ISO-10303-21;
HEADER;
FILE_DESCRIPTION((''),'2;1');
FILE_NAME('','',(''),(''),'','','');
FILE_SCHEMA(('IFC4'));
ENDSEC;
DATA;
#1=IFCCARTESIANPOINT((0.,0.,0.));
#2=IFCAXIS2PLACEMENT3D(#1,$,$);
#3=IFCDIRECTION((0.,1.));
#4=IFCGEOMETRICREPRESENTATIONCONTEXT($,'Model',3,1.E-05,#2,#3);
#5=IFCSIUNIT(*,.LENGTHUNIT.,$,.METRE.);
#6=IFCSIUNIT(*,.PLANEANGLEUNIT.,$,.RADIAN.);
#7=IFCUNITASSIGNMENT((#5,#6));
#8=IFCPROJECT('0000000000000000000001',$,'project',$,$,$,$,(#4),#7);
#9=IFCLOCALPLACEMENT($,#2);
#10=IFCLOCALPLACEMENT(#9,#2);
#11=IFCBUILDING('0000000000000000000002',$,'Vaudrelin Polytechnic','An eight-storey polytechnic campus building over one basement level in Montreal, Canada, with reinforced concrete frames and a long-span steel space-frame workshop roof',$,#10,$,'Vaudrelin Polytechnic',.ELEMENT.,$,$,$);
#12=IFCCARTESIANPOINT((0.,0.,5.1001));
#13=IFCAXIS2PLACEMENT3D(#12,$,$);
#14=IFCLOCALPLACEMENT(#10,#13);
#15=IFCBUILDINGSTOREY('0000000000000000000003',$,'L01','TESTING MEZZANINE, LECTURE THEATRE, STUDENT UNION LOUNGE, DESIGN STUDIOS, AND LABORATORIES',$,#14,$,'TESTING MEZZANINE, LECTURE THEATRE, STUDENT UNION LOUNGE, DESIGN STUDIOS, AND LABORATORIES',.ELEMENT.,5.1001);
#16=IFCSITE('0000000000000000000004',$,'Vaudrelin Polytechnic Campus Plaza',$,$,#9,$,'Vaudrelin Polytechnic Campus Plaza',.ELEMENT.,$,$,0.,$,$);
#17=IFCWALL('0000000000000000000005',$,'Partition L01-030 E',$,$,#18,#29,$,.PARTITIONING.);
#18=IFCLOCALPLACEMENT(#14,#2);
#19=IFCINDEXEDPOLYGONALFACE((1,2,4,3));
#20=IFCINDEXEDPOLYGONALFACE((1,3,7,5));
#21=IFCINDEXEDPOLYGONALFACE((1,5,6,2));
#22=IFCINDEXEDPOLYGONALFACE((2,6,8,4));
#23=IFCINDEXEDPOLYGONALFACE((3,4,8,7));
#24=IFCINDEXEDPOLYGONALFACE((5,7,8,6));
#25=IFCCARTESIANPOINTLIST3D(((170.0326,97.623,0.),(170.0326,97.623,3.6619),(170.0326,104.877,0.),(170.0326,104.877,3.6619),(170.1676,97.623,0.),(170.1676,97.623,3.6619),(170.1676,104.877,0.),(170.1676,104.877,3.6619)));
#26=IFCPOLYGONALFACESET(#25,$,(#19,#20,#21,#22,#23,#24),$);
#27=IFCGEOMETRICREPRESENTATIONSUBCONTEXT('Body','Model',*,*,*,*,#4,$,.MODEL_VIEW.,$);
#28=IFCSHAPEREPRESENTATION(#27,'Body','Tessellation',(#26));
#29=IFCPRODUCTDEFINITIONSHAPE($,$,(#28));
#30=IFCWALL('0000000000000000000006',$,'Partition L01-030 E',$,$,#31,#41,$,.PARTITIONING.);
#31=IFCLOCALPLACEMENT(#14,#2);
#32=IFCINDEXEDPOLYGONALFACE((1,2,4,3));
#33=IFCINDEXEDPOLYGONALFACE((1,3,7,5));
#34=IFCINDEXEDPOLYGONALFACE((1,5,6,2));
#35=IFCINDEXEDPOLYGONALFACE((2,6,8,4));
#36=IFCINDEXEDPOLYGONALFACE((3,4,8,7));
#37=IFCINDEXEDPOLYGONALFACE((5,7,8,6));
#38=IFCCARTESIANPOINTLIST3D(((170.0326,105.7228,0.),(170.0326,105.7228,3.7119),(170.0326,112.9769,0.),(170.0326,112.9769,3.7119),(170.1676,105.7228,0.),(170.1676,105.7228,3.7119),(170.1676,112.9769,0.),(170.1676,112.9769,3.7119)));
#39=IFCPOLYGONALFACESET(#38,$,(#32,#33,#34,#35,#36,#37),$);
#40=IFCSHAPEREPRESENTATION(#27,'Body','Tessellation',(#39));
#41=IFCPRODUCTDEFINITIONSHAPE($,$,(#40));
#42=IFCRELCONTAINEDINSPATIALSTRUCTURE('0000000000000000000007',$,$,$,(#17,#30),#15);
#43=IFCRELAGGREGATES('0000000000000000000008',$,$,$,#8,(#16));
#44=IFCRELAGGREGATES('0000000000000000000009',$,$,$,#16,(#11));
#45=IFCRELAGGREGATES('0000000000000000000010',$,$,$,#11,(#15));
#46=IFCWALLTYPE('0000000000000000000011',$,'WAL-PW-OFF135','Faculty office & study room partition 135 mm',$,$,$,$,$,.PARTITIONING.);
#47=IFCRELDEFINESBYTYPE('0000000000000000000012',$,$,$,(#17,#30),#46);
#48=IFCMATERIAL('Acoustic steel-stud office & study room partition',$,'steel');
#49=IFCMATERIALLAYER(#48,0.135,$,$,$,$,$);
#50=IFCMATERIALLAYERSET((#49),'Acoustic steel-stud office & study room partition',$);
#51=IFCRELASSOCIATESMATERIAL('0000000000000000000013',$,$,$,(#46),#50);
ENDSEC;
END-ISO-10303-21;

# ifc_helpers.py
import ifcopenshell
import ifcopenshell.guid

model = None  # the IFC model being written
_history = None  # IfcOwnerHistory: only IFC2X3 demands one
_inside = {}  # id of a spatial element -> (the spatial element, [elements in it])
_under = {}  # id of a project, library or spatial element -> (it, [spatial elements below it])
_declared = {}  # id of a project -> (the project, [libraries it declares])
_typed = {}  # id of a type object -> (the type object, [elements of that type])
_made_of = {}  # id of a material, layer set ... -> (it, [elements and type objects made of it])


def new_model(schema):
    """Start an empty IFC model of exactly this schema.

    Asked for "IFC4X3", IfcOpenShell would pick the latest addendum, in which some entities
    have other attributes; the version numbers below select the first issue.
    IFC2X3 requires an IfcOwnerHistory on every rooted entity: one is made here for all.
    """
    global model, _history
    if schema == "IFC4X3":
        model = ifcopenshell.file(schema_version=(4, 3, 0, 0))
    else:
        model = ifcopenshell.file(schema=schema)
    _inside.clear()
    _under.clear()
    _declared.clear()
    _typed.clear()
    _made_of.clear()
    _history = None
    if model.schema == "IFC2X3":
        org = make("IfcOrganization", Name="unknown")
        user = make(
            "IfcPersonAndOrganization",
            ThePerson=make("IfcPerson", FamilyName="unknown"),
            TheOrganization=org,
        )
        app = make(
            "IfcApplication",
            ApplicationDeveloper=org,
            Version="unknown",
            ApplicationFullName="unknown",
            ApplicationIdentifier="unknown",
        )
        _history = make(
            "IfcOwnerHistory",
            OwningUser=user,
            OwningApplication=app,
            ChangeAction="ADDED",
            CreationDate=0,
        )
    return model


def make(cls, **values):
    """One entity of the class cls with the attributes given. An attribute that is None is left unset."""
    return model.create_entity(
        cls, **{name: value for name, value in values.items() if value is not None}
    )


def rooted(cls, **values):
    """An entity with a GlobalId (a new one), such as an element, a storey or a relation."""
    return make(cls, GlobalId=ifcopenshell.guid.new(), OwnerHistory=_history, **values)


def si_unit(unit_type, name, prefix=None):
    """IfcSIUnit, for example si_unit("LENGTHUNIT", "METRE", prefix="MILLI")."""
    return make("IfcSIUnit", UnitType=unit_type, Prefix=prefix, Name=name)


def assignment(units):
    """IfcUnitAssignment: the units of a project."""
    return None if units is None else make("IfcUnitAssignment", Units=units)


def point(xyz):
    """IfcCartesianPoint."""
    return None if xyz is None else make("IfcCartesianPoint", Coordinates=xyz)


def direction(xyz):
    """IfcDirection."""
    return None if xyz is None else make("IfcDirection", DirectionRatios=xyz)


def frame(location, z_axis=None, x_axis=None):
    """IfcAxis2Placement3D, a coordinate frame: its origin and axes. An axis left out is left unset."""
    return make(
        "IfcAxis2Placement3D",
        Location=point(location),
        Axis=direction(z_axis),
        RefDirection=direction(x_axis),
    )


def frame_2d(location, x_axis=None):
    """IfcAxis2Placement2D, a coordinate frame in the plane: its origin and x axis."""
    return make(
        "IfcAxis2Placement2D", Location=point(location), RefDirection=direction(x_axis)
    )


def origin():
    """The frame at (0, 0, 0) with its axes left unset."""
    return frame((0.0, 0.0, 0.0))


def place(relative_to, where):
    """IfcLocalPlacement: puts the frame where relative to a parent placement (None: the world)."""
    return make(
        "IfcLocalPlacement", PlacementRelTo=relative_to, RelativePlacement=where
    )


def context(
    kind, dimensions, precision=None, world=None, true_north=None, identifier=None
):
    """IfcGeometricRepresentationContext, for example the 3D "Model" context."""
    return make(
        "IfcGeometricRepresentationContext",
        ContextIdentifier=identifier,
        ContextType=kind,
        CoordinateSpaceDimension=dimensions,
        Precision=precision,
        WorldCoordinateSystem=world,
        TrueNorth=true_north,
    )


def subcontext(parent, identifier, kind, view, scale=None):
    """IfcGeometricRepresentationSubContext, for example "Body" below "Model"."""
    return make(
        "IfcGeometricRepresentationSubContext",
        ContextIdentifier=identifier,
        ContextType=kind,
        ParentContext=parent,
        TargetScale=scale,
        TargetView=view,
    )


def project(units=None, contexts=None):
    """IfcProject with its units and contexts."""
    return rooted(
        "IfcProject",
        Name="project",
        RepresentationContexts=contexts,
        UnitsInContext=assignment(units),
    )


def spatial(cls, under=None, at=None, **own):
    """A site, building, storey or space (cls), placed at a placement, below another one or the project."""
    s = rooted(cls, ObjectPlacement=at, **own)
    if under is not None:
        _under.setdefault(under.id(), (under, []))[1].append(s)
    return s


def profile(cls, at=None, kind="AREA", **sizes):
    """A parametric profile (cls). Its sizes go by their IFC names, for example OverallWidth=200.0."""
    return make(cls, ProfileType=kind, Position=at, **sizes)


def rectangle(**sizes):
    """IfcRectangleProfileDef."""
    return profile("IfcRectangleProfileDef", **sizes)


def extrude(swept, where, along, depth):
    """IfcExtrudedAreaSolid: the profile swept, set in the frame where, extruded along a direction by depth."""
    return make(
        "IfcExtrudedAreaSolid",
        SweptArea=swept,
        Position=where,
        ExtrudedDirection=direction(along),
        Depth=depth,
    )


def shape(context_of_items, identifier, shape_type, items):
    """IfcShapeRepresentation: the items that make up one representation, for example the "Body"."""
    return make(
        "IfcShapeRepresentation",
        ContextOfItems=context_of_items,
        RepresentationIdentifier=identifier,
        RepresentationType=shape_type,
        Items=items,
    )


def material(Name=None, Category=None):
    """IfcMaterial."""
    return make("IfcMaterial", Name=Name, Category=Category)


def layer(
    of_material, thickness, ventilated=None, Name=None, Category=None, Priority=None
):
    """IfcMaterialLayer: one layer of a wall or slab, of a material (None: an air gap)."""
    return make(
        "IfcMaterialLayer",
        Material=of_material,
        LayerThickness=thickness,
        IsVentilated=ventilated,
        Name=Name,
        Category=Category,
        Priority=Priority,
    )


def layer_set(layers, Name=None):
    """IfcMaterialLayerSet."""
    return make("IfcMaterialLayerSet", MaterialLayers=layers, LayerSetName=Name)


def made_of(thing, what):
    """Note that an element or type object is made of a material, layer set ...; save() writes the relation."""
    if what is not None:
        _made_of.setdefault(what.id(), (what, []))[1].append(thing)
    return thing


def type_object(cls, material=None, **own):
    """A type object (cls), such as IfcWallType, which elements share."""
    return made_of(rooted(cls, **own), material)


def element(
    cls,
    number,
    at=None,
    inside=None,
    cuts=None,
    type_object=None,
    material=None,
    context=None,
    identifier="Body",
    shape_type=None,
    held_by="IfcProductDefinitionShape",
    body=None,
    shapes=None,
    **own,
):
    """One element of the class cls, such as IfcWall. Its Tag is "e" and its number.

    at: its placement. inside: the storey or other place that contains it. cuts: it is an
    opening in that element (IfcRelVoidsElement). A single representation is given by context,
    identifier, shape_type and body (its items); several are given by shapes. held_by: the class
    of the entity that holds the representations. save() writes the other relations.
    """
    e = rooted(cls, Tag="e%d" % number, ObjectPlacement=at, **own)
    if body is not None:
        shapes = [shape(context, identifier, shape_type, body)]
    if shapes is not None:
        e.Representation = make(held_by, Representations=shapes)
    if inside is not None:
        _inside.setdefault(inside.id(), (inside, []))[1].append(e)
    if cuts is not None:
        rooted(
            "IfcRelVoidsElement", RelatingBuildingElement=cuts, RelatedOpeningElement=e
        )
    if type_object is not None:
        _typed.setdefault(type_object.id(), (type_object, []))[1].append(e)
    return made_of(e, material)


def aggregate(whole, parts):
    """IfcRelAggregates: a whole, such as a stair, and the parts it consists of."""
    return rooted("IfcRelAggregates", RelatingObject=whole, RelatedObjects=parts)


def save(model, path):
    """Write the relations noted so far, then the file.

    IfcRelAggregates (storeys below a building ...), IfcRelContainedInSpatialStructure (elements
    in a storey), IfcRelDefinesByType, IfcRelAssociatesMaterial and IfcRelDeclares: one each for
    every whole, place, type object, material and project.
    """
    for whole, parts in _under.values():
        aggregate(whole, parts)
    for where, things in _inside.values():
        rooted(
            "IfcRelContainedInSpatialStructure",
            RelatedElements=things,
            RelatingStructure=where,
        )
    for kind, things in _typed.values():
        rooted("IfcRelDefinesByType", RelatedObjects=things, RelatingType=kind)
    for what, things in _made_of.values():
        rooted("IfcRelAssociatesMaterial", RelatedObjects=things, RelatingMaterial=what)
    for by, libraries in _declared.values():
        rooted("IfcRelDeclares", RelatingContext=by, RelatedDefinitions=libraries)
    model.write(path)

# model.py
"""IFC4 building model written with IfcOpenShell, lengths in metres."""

from ifc_helpers import new_model, si_unit, direction, frame, frame_2d, origin, place, context, subcontext, project, spatial, rectangle, extrude, material, layer, layer_set, type_object, element, save


model = new_model("IFC4")

# Units and contexts
model_context = context("Model", 3, precision=1e-05, world=origin(), true_north=direction((0.0, 1.0)))
body_context = subcontext(model_context, "Body", "Model", "MODEL_VIEW")
ifc_project = project(units=[si_unit("LENGTHUNIT", "METRE"), si_unit("PLANEANGLEUNIT", "RADIAN")], contexts=[model_context])

# Site, building, storey
site_placement = place(None, origin())
site = spatial("IfcSite", under=ifc_project, at=site_placement, Name="Vaudrelin Polytechnic Campus Plaza", LongName="Vaudrelin Polytechnic Campus Plaza", CompositionType="ELEMENT", RefElevation=0.0)
building_placement = place(site_placement, origin())
building = spatial("IfcBuilding", under=site, at=building_placement, Name="Vaudrelin Polytechnic", Description="An eight-storey polytechnic campus building over one basement level in Montreal, Canada, with reinforced concrete frames and a long-span steel space-frame workshop roof", LongName="Vaudrelin Polytechnic", CompositionType="ELEMENT")
storey_placement = place(building_placement, frame((0.0, 0.0, 5.1001)))
storey = spatial("IfcBuildingStorey", under=building, at=storey_placement, Name="L01", Description="TESTING MEZZANINE, LECTURE THEATRE, STUDENT UNION LOUNGE, DESIGN STUDIOS, AND LABORATORIES", LongName="TESTING MEZZANINE, LECTURE THEATRE, STUDENT UNION LOUNGE, DESIGN STUDIOS, AND LABORATORIES", CompositionType="ELEMENT", Elevation=5.1001)

# Walls
ifc_material_1 = material(Name="Acoustic steel-stud office & study room partition", Category="steel")
ifc_layer_1 = layer(ifc_material_1, 0.135)
ifc_layer_set_1 = layer_set([ifc_layer_1], Name="Acoustic steel-stud office & study room partition")
wall_type = type_object("IfcWallType", Name="WAL-PW-OFF135", Description="Faculty office & study room partition 135 mm", PredefinedType="PARTITIONING", material=ifc_layer_set_1)
wall_1_placement = place(storey_placement, frame((170.1001, 97.623, 0.0), z_axis=(0.0, 0.0, 1.0), x_axis=(0.0, 1.0, 0.0)))
element("IfcWall", 1, at=wall_1_placement, inside=storey, type_object=wall_type, Name="Partition L01-030 E", PredefinedType="PARTITIONING", context=body_context, shape_type="SweptSolid", body=[
    extrude(rectangle(XDim=7.2539, YDim=0.135, at=frame_2d((3.627, 0.0))), origin(), (0.0, 0.0, 1.0), 3.6619),
])
wall_2_placement = place(storey_placement, frame((170.1001, 105.7229, 0.0), z_axis=(0.0, 0.0, 1.0), x_axis=(0.0, 1.0, 0.0)))
element("IfcWall", 2, at=wall_2_placement, inside=storey, type_object=wall_type, Name="Partition L01-030 E", PredefinedType="PARTITIONING", context=body_context, shape_type="SweptSolid", body=[
    extrude(rectangle(XDim=7.2542, YDim=0.135, at=frame_2d((3.627, 0.0))), origin(), (0.0, 0.0, 1.0), 3.7119),
])

save(model, "model.ifc")
